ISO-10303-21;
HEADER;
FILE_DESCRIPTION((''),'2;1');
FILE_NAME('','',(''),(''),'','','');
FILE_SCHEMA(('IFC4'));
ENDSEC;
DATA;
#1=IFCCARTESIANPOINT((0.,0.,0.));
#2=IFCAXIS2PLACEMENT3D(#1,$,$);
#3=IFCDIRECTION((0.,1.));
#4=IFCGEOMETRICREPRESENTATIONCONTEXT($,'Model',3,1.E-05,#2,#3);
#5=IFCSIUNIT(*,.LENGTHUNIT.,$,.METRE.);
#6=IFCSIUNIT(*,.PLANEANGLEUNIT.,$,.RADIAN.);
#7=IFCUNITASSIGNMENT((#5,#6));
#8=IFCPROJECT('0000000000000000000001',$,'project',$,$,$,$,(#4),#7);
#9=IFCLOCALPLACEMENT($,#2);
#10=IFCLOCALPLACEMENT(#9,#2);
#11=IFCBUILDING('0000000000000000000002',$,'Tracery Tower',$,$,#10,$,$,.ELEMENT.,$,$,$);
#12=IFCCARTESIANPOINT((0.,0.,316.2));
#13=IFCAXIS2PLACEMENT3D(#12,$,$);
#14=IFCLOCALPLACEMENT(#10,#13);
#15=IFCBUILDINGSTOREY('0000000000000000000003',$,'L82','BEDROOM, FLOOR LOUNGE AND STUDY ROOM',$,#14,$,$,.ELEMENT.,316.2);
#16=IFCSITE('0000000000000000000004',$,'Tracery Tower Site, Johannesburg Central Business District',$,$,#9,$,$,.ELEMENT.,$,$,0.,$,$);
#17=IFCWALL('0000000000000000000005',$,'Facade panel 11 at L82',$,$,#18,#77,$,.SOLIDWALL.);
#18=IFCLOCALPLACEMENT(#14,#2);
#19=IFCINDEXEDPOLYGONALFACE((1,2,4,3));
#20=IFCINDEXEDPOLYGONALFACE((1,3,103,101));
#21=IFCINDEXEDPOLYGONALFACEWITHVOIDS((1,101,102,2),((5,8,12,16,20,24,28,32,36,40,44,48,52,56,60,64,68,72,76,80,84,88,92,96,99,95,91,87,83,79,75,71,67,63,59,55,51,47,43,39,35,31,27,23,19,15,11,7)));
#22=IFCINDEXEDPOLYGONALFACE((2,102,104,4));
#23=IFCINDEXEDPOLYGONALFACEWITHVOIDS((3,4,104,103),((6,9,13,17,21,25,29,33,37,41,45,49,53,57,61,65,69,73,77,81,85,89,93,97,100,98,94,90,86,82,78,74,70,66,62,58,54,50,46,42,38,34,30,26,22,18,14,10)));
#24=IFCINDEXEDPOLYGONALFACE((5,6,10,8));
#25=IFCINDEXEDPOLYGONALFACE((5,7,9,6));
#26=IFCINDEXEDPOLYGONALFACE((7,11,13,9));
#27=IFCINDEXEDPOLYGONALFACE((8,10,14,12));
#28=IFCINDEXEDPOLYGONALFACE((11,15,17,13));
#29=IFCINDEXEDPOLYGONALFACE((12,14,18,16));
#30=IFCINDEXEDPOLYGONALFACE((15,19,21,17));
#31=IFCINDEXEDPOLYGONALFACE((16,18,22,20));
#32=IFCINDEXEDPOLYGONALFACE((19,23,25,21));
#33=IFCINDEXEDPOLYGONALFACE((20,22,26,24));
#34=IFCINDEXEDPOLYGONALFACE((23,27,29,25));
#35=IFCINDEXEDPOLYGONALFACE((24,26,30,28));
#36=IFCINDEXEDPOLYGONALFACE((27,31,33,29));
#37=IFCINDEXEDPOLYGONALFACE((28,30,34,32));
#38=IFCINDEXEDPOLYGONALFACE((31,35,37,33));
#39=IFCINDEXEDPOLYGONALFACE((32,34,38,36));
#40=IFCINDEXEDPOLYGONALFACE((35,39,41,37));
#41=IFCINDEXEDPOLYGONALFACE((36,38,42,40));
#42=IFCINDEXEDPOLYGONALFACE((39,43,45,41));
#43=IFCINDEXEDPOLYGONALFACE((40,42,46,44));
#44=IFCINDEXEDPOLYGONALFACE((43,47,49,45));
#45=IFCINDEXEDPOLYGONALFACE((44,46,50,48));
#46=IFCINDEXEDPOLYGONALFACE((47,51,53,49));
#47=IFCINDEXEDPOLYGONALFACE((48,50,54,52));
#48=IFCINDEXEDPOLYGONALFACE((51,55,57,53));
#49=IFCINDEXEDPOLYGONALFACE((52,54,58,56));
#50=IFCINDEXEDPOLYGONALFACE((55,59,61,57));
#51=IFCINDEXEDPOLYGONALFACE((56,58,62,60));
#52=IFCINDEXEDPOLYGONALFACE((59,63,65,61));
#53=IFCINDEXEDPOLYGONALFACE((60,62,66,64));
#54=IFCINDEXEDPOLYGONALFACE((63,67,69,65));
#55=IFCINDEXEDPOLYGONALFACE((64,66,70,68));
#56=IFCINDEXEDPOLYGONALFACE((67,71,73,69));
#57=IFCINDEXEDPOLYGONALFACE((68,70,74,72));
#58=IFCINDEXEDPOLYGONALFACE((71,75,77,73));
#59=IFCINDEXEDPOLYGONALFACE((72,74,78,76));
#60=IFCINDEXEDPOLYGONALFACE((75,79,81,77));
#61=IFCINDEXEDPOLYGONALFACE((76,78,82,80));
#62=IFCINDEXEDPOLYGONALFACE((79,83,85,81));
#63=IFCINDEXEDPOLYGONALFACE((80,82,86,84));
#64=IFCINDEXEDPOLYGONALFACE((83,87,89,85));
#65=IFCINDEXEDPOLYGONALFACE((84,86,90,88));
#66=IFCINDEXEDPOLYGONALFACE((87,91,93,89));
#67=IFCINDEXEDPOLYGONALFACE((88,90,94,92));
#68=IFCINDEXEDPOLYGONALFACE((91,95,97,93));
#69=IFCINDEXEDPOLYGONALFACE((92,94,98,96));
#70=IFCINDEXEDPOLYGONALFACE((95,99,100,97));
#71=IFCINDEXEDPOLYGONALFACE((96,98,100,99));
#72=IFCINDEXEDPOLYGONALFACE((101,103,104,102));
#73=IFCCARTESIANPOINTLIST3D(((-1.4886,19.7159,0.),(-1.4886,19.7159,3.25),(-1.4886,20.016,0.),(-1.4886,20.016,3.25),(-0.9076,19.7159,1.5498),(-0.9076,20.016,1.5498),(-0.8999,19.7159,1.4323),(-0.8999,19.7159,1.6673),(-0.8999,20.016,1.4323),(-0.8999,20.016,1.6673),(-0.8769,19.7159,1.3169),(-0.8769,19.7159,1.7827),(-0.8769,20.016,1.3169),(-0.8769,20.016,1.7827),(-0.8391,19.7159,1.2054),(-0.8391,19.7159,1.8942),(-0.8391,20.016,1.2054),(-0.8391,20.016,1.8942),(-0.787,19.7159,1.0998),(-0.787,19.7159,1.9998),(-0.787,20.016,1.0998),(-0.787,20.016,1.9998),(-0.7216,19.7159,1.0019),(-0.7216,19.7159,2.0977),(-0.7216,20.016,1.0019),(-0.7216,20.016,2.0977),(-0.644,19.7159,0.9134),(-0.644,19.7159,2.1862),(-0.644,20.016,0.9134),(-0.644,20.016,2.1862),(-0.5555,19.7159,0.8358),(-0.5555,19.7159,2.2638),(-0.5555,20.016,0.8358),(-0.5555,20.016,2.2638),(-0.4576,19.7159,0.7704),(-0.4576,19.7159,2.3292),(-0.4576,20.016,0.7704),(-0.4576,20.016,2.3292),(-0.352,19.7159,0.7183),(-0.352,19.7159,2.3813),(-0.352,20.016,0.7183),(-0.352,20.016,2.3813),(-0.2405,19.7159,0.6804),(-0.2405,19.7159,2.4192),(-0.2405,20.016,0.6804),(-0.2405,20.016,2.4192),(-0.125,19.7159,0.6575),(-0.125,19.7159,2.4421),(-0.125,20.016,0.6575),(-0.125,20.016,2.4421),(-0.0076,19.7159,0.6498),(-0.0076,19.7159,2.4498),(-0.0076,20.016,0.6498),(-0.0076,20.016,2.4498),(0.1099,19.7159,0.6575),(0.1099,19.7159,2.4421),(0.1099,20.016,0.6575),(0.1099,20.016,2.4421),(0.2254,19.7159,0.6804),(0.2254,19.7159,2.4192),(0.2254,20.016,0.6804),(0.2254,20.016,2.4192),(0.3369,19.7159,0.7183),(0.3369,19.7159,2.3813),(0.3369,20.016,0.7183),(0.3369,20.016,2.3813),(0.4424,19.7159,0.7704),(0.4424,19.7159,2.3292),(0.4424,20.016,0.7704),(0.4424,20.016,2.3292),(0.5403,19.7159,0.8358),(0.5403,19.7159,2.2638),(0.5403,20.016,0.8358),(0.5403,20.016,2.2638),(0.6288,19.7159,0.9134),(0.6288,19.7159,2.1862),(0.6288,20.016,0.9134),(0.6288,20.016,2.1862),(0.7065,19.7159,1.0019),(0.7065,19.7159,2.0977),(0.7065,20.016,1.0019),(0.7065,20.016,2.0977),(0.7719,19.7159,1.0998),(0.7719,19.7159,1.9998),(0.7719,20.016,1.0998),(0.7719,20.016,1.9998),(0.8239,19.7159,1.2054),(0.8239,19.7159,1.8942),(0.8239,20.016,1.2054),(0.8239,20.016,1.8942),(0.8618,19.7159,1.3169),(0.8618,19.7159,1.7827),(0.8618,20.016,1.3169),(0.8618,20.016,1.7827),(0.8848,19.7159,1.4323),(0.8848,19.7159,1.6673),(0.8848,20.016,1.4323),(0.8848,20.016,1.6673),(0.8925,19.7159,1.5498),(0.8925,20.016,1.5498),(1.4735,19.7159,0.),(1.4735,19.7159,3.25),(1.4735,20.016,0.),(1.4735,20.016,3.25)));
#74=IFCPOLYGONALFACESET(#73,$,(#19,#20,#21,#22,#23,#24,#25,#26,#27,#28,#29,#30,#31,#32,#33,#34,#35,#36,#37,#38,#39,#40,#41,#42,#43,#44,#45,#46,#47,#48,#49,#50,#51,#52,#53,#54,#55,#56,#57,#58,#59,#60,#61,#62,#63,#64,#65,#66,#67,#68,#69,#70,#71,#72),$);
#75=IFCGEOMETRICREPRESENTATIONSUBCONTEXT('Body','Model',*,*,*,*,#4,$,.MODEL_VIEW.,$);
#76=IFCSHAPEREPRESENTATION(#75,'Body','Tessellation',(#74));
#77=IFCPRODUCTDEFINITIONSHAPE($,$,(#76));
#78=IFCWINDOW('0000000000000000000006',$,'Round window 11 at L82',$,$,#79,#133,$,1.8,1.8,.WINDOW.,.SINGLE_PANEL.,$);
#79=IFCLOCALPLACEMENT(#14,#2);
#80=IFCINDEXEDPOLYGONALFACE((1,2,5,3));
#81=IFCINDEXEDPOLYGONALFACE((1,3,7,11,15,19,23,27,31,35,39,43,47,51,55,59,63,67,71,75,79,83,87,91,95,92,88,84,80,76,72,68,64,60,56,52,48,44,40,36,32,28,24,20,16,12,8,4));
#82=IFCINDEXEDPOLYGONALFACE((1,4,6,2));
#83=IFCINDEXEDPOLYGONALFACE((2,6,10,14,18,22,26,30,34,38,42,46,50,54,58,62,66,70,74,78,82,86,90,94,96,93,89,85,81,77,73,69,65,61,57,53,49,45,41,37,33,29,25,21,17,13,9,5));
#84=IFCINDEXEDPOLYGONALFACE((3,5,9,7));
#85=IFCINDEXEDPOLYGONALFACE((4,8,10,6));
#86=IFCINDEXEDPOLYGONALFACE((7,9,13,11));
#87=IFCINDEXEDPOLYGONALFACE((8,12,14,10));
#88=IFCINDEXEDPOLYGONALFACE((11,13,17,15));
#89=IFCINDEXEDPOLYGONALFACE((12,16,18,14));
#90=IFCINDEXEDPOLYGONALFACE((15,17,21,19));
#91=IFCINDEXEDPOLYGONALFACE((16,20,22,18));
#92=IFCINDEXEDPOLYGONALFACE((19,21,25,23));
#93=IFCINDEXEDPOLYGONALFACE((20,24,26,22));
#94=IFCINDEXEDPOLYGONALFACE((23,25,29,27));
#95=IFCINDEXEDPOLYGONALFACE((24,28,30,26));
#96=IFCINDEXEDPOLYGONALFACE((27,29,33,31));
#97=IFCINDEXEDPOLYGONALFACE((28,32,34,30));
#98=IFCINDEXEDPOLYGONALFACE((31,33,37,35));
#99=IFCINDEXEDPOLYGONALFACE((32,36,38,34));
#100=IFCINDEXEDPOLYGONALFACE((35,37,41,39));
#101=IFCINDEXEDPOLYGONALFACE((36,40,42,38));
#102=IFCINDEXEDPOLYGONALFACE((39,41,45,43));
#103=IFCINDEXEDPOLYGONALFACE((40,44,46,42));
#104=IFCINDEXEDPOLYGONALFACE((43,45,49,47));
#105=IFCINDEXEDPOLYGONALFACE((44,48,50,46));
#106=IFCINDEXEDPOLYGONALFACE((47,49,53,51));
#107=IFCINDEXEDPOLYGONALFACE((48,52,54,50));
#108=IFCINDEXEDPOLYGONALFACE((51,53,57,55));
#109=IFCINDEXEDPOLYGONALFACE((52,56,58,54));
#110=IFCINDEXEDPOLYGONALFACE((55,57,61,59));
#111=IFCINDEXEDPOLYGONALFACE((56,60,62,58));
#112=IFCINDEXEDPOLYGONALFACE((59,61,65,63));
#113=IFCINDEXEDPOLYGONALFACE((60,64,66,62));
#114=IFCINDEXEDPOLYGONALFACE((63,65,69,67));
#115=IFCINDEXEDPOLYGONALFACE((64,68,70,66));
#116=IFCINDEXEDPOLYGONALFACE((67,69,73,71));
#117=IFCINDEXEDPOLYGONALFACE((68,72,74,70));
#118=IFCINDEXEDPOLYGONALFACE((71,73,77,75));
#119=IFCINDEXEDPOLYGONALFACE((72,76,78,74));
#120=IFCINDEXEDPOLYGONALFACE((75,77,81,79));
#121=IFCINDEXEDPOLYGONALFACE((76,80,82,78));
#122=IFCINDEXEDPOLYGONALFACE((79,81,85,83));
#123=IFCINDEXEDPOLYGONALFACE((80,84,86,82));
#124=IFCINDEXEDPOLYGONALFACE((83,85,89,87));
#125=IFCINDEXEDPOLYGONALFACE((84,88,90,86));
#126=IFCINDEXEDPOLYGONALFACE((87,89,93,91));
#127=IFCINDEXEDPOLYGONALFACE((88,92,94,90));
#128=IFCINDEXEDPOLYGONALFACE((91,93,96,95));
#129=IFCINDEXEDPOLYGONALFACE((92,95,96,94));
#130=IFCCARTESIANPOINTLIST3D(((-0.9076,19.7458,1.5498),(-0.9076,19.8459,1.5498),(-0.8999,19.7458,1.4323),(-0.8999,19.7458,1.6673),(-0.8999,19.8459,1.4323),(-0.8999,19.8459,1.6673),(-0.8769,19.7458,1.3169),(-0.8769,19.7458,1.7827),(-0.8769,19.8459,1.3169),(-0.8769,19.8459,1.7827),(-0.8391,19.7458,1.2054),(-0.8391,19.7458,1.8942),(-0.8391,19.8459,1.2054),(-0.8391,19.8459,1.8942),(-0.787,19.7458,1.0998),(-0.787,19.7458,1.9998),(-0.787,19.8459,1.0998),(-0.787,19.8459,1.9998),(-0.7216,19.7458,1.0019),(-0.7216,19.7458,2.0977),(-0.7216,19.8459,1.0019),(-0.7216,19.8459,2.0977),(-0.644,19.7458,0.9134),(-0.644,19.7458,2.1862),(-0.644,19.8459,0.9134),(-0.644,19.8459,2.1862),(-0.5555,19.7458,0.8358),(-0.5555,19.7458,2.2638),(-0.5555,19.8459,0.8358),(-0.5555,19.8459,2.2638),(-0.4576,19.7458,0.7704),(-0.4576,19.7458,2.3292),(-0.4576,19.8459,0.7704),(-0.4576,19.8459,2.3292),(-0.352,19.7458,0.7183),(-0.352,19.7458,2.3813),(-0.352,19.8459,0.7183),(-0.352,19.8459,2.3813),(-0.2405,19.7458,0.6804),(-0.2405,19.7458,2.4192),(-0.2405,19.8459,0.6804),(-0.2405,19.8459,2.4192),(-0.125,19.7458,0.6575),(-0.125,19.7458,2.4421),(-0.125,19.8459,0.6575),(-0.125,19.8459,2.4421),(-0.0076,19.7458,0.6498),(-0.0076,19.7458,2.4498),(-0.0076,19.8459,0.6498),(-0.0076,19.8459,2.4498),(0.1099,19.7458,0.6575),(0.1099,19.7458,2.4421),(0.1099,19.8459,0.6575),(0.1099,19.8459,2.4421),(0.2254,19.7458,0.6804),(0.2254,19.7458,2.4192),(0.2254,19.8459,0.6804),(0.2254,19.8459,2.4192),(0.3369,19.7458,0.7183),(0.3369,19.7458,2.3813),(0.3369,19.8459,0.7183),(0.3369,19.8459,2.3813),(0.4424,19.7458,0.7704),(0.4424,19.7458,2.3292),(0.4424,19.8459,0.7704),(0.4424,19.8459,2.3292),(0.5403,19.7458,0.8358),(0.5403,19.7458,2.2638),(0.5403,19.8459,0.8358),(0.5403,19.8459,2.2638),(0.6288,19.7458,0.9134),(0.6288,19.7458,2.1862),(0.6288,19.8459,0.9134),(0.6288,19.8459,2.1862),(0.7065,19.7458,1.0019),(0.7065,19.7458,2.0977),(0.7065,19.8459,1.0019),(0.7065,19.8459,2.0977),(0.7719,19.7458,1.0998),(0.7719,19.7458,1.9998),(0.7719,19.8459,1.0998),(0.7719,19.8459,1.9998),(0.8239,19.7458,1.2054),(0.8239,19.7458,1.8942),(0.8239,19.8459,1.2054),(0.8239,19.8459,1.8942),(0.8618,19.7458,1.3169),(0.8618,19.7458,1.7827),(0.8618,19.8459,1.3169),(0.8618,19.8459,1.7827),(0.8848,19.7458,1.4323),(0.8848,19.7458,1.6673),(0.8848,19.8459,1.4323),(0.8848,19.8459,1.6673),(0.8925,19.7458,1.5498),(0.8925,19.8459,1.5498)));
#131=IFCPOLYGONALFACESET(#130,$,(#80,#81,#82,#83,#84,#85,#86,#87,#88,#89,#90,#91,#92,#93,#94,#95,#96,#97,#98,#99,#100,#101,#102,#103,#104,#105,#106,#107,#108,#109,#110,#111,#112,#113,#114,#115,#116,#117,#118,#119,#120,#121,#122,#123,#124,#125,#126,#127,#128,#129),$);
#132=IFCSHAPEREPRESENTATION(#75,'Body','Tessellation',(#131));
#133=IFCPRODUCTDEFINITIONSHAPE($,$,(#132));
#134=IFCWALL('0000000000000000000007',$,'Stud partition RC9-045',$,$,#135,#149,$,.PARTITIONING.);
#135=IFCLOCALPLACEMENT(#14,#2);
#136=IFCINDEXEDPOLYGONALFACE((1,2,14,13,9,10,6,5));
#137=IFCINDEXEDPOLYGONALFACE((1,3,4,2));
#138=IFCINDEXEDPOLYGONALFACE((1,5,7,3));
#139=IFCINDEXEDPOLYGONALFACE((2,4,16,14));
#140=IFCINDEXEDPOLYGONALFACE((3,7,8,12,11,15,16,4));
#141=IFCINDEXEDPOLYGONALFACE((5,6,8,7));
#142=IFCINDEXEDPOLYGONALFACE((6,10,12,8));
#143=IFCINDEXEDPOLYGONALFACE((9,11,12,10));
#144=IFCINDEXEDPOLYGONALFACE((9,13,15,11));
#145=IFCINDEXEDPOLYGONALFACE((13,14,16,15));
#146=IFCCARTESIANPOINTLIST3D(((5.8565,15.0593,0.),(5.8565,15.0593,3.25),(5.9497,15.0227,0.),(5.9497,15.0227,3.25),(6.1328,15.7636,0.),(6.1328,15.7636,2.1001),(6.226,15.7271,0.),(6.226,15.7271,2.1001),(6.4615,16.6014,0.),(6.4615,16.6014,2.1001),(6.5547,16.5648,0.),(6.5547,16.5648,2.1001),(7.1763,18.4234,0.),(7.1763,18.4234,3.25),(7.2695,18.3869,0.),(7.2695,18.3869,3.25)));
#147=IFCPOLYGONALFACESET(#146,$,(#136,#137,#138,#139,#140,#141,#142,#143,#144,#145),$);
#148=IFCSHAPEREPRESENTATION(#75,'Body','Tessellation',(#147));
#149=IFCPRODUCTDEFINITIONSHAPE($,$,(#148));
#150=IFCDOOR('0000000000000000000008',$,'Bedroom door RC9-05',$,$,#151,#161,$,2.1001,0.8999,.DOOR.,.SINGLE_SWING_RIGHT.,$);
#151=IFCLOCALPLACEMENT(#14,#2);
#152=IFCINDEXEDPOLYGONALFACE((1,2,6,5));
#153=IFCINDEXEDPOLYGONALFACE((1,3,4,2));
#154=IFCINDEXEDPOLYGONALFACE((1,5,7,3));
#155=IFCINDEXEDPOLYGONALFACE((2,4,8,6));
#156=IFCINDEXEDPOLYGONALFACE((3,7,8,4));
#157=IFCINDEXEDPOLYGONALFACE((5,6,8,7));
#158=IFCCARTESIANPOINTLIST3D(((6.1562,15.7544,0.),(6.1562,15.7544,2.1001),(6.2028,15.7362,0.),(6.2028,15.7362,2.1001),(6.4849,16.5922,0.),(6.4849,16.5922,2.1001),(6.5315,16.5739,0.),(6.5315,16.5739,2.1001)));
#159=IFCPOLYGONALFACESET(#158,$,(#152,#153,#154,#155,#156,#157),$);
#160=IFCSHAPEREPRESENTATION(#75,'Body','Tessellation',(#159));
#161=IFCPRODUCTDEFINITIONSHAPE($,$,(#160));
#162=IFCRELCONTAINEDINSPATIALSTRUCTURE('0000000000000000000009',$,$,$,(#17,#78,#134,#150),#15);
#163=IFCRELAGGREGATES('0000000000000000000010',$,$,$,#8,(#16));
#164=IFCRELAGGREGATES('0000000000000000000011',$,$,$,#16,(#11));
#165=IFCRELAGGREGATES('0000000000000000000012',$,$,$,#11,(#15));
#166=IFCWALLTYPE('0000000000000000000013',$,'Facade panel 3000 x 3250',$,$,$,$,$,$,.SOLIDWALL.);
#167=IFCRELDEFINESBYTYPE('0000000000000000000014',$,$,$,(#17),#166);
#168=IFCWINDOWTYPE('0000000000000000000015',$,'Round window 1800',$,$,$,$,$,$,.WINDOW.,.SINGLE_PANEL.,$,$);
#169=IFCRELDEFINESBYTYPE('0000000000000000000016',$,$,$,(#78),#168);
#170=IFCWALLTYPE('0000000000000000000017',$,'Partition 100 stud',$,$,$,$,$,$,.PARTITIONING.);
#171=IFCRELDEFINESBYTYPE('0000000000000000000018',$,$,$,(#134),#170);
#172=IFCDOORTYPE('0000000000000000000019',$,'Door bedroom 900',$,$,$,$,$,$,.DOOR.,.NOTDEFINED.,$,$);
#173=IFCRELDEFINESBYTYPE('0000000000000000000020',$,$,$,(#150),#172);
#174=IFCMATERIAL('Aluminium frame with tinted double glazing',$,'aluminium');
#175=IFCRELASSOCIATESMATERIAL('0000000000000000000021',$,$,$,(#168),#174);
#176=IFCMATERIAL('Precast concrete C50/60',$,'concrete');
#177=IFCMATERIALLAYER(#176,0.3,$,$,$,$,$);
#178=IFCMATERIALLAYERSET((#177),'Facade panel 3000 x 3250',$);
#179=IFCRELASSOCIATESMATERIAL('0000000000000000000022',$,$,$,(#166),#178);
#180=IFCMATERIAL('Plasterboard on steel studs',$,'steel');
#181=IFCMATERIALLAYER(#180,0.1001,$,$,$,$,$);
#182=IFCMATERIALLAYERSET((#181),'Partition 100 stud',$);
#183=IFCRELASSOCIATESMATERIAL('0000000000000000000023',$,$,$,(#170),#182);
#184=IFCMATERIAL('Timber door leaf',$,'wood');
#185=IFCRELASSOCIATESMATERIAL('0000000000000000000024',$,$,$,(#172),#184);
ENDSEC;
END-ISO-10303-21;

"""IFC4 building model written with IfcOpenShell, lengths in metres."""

from ifc_helpers import new_model, si_unit, direction, frame, frame_2d, origin, origin_2d, place, context, subcontext, project, spatial, rectangle, circle, extrude, material, layer, layer_set, type_object, element, fill, save


model = new_model("IFC4")

# Units and contexts
model_context = context("Model", 3, precision=1e-05, world=origin(), true_north=direction((0.0, 1.0)))
body_context = subcontext(model_context, "Body", "Model", "MODEL_VIEW")
ifc_project = project(units=[si_unit("LENGTHUNIT", "METRE"), si_unit("PLANEANGLEUNIT", "RADIAN")], contexts=[model_context])

# Site, building, storey
site_placement = place(None, origin())
site = spatial("IfcSite", under=ifc_project, at=site_placement, Name="Tracery Tower Site, Johannesburg Central Business District", CompositionType="ELEMENT", RefElevation=0.0)
building_placement = place(site_placement, origin())
building = spatial("IfcBuilding", under=site, at=building_placement, Name="Tracery Tower", CompositionType="ELEMENT")
storey_placement = place(building_placement, frame((0.0, 0.0, 316.2)))
storey = spatial("IfcBuildingStorey", under=building, at=storey_placement, Name="L82", Description="BEDROOM, FLOOR LOUNGE AND STUDY ROOM", CompositionType="ELEMENT", Elevation=316.2)

# Wall, opening, window
ifc_material_1 = material(Name="Aluminium frame with tinted double glazing", Category="aluminium")
window_type = type_object("IfcWindowType", Name="Round window 1800", PartitioningType="SINGLE_PANEL", PredefinedType="WINDOW", material=ifc_material_1)
ifc_material_2 = material(Name="Precast concrete C50/60", Category="concrete")
ifc_layer_1 = layer(ifc_material_2, 0.3)
ifc_layer_set_1 = layer_set([ifc_layer_1], Name="Facade panel 3000 x 3250")
wall_type_1 = type_object("IfcWallType", Name="Facade panel 3000 x 3250", PredefinedType="SOLIDWALL", material=ifc_layer_set_1)
wall_1_placement = place(storey_placement, frame((1.4734, 19.866, 0.0), z_axis=(0.0, 0.0, 1.0), x_axis=(-1.0, 0.0, 0.0)))
wall_1 = element("IfcWall", 1, at=wall_1_placement, inside=storey, type_object=wall_type_1, Name="Facade panel 11 at L82", PredefinedType="SOLIDWALL", context=body_context, shape_type="SweptSolid", body=[
    extrude(rectangle(XDim=2.9622, YDim=0.3, at=frame_2d((1.481, 0.0))), origin(), (0.0, 0.0, 1.0), 3.25),
])
opening_1_placement = place(wall_1_placement, frame((1.481, 0.0, 1.5498)))
opening_1 = element("IfcOpeningElement", 2, at=opening_1_placement, cuts=wall_1, PredefinedType="OPENING", context=body_context, shape_type="SweptSolid", body=[
    extrude(circle(Radius=0.9, at=origin_2d()), frame((0.0, 0.1599, 0.0), z_axis=(0.0, -1.0, 0.0), x_axis=(1.0, 0.0, 0.0)), (0.0, 0.0, 1.0), 0.3201),
])
window_1_placement = place(opening_1_placement, origin())
window_1 = element("IfcWindow", 3, at=window_1_placement, inside=storey, type_object=window_type, Name="Round window 11 at L82", OverallHeight=1.8, OverallWidth=1.8, PartitioningType="SINGLE_PANEL", PredefinedType="WINDOW", context=body_context, shape_type="SweptSolid", body=[
    extrude(circle(Radius=0.9, at=origin_2d()), frame((0.0, 0.1201, 0.0), z_axis=(0.0, -1.0, 0.0), x_axis=(1.0, 0.0, 0.0)), (0.0, 0.0, 1.0), 0.1001),
])
fill(opening_1, window_1)

# Wall, opening, door
ifc_material_3 = material(Name="Plasterboard on steel studs", Category="steel")
ifc_layer_2 = layer(ifc_material_3, 0.1001)
ifc_layer_set_2 = layer_set([ifc_layer_2], Name="Partition 100 stud")
wall_type_2 = type_object("IfcWallType", Name="Partition 100 stud", PredefinedType="PARTITIONING", material=ifc_layer_set_2)
wall_2_placement = place(storey_placement, frame((5.9031, 15.041, 0.0), z_axis=(0.0, 0.0, 1.0), x_axis=(0.365232, 0.930916, 0.0)))
wall_2 = element("IfcWall", 4, at=wall_2_placement, inside=storey, type_object=wall_type_2, Name="Stud partition RC9-045", PredefinedType="PARTITIONING", context=body_context, shape_type="SweptSolid", body=[
    extrude(rectangle(XDim=3.6138, YDim=0.1001, at=frame_2d((1.8069, 0.0))), origin(), (0.0, 0.0, 1.0), 3.25),
])
opening_2_placement = place(wall_2_placement, frame((0.7566, 0.0, 0.0)))
opening_2 = element("IfcOpeningElement", 5, at=opening_2_placement, cuts=wall_2, PredefinedType="OPENING", context=body_context, shape_type="SweptSolid", body=[
    extrude(rectangle(XDim=0.8999, YDim=2.1001, at=frame_2d((0.45, 1.05))), frame((0.0, 0.05, 0.0), z_axis=(0.0, -1.0, 0.0), x_axis=(1.0, 0.0, 0.0)), (0.0, 0.0, 1.0), 0.1001),
])
ifc_material_4 = material(Name="Timber door leaf", Category="wood")
door_type_1 = type_object("IfcDoorType", Name="Door bedroom 900", OperationType="NOTDEFINED", PredefinedType="DOOR", material=ifc_material_4)
door_1_placement = place(opening_2_placement, origin())
door_1 = element("IfcDoor", 6, at=door_1_placement, inside=storey, type_object=door_type_1, Name="Bedroom door RC9-05", OperationType="SINGLE_SWING_RIGHT", OverallHeight=2.1001, OverallWidth=0.8999, PredefinedType="DOOR", context=body_context, shape_type="SweptSolid", body=[
    extrude(rectangle(XDim=0.8999, YDim=2.1001, at=frame_2d((0.45, 1.05))), frame((0.0, 0.0249, 0.0), z_axis=(0.0, -1.0, 0.0), x_axis=(1.0, 0.0, 0.0)), (0.0, 0.0, 1.0), 0.05),
])
fill(opening_2, door_1)

save(model, "model.ifc")
